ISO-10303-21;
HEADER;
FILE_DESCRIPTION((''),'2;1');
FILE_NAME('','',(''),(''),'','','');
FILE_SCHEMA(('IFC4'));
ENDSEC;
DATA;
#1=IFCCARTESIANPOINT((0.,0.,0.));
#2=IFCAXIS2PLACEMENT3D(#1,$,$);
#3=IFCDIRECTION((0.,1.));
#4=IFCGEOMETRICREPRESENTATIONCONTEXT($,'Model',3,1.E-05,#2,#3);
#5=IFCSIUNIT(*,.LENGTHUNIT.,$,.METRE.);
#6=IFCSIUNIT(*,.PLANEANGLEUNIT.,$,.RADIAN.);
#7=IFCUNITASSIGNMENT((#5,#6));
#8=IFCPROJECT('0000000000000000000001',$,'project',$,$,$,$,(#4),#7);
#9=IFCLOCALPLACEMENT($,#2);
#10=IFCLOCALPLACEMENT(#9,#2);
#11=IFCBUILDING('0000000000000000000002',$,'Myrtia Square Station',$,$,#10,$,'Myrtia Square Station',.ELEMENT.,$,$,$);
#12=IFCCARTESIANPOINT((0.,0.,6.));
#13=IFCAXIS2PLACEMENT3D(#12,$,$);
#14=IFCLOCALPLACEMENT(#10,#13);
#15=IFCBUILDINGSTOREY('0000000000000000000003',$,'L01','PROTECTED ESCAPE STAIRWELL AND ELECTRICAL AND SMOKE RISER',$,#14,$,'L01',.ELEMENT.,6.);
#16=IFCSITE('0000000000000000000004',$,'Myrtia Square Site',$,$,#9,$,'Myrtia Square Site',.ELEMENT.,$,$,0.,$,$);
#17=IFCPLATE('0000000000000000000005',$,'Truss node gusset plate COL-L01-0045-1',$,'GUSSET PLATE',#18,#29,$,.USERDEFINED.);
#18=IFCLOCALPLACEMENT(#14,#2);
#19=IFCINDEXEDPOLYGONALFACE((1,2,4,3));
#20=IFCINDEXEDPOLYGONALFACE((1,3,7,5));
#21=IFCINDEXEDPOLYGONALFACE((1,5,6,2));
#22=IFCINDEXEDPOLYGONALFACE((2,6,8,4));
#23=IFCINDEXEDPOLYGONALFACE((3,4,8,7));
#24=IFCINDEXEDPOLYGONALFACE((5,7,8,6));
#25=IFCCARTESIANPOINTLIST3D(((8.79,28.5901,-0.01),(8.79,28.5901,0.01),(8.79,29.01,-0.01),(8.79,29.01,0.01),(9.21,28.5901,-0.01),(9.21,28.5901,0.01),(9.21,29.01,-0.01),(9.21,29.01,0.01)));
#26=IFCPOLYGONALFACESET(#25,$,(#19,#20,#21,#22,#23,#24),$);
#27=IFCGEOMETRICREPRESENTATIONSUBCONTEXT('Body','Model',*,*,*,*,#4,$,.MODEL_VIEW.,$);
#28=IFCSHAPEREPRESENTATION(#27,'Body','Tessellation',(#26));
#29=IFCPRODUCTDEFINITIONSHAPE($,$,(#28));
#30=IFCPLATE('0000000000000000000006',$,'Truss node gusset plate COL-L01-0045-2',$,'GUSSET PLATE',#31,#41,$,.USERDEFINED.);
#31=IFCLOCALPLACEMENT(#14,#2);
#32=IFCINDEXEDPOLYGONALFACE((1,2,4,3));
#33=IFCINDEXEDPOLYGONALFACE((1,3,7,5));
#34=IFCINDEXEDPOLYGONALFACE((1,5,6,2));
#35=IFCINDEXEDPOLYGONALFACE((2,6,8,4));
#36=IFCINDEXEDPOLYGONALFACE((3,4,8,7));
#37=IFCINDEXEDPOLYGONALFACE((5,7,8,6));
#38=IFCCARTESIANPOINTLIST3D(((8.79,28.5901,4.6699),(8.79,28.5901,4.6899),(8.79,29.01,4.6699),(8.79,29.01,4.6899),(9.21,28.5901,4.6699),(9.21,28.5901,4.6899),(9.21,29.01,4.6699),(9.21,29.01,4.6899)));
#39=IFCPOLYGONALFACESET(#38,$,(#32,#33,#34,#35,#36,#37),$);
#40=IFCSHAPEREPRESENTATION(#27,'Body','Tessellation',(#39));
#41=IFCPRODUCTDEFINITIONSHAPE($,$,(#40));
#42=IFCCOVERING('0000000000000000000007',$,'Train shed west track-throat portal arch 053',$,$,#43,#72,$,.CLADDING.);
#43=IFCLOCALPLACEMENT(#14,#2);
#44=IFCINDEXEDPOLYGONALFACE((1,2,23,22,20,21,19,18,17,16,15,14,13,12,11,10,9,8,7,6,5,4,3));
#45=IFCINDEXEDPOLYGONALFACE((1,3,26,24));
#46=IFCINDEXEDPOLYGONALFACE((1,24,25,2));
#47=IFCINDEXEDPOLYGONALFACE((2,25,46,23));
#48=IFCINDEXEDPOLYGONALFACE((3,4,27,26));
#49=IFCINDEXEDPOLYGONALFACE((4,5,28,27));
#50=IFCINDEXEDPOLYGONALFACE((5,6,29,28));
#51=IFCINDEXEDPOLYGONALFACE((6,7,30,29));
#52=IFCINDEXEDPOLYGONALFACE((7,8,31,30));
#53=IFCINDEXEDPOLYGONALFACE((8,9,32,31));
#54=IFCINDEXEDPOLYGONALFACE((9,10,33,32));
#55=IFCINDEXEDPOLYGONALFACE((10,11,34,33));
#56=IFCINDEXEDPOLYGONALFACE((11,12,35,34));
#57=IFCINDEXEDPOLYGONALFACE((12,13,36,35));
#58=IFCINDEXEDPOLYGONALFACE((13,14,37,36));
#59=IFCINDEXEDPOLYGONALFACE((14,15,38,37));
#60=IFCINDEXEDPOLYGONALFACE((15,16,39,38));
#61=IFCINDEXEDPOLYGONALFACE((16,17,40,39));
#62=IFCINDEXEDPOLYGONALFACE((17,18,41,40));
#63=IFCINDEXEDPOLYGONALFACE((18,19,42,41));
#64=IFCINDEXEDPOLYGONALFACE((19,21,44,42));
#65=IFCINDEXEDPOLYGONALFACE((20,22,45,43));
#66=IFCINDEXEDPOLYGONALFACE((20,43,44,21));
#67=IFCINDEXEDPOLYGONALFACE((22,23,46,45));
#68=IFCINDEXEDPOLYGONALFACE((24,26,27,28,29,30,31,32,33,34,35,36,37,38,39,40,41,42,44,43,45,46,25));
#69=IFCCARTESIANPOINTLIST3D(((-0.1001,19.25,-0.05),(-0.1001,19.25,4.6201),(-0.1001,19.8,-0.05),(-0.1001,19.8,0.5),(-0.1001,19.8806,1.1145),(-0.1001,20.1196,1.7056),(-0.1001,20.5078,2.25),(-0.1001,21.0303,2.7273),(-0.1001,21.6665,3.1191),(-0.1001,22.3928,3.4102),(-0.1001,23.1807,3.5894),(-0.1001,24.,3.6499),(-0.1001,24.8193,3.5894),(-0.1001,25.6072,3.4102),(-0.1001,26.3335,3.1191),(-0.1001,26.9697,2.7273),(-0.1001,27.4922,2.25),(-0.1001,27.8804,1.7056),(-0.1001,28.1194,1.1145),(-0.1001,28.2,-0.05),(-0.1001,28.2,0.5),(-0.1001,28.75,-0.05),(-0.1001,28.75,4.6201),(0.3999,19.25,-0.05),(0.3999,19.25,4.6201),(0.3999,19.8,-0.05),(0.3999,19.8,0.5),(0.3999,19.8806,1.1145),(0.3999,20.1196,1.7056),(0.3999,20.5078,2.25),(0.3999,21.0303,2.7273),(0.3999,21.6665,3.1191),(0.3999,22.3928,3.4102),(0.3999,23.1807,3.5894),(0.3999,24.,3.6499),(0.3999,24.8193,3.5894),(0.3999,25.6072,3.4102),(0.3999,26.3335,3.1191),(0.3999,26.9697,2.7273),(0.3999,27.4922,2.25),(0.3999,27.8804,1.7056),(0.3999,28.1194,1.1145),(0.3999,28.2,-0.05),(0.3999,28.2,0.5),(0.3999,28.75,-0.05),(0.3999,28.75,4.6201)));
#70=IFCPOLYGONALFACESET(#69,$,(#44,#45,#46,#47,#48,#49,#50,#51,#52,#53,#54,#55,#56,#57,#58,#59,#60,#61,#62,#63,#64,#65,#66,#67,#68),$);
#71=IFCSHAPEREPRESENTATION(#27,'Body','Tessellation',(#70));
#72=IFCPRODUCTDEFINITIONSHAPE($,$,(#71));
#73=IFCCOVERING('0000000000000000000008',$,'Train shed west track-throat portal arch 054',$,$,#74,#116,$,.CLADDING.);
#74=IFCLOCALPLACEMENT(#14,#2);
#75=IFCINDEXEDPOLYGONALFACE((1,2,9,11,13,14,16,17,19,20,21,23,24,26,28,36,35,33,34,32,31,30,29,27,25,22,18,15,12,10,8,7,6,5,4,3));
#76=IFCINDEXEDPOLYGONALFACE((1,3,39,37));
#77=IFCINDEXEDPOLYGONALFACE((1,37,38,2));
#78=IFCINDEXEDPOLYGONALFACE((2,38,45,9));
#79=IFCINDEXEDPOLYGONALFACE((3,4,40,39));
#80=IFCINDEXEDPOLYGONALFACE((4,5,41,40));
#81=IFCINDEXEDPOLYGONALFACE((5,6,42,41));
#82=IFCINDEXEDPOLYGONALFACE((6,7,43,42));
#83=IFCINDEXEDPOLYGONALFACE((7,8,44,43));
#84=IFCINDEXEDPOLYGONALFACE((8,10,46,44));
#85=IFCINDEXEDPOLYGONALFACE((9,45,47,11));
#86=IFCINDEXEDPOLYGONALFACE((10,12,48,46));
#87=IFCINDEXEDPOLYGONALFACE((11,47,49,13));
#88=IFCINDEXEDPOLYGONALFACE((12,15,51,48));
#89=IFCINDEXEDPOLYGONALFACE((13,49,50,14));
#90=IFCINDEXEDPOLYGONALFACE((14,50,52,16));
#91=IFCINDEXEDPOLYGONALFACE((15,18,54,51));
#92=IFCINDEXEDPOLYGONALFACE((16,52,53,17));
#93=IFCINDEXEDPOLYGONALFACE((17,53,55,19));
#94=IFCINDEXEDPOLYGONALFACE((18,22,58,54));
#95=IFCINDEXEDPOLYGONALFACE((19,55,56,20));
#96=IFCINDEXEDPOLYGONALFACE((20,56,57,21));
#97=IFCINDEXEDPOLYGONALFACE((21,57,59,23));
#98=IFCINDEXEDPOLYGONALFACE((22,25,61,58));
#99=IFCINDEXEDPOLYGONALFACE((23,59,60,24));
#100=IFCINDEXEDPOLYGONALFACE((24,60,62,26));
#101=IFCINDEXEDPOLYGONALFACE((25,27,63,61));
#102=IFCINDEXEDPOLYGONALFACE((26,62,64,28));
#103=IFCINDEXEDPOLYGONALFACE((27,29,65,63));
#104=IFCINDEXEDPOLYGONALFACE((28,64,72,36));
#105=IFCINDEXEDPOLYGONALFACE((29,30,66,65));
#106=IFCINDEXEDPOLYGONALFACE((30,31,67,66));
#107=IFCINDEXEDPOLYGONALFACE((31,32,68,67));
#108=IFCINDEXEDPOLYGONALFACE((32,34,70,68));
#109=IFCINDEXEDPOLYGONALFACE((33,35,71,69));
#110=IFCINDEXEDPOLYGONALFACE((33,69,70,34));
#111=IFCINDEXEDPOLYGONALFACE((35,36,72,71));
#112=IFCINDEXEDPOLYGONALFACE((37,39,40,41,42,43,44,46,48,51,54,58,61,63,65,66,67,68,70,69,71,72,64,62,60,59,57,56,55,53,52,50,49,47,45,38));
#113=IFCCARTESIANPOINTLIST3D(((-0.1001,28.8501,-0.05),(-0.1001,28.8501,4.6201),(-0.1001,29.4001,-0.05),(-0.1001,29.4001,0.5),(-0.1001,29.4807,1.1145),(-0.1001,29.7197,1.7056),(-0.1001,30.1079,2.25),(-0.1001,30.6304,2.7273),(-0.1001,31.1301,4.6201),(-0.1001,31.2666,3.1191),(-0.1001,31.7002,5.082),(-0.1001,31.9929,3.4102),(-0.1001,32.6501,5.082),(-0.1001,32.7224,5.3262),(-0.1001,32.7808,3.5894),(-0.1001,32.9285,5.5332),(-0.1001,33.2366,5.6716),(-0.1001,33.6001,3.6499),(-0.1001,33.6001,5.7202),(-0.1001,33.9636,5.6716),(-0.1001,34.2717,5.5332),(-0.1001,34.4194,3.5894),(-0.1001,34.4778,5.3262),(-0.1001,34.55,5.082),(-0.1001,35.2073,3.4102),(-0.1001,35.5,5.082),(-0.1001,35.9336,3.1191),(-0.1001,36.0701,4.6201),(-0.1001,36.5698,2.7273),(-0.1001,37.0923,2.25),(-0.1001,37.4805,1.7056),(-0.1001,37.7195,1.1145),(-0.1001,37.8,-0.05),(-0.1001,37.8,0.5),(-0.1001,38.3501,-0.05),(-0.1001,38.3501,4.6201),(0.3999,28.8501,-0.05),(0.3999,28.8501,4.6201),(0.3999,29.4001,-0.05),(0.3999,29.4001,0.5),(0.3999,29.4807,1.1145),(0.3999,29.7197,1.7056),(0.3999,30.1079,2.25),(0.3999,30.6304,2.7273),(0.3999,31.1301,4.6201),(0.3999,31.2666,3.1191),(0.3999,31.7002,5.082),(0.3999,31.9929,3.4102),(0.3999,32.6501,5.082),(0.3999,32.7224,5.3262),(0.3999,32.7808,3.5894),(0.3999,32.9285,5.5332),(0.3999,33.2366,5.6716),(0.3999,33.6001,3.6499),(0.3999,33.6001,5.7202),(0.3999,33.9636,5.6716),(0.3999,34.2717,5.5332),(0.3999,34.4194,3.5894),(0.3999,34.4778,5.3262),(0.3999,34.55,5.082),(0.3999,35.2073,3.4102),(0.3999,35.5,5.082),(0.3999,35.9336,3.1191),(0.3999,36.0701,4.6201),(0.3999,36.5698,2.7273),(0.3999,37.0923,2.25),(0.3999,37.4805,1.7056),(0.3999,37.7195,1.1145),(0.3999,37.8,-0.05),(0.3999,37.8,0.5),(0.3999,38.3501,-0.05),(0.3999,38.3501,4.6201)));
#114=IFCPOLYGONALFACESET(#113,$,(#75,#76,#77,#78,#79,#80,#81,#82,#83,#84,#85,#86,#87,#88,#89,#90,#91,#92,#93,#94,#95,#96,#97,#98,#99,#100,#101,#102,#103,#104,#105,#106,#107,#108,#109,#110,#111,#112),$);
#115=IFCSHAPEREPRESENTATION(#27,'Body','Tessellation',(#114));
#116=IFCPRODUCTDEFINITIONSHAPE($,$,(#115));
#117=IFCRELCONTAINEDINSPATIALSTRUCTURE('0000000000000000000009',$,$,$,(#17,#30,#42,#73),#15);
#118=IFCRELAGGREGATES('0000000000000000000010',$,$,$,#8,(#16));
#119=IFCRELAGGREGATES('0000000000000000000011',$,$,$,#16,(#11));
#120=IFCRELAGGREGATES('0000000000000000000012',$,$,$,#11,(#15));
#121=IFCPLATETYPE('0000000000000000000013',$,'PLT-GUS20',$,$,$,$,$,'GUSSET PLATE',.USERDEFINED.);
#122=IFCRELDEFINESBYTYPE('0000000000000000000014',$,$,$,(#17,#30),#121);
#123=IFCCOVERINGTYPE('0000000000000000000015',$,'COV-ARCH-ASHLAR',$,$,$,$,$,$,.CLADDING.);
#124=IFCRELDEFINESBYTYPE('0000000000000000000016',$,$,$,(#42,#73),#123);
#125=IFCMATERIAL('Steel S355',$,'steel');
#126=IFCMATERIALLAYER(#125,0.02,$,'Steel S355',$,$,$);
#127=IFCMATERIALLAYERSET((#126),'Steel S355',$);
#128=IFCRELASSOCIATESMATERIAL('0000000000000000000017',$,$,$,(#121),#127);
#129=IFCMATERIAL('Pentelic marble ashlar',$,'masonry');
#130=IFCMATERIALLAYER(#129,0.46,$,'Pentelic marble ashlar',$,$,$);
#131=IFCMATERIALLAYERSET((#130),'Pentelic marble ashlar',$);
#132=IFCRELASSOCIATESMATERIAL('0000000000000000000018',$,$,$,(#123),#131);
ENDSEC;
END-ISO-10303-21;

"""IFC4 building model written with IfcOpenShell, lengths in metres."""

from ifc_helpers import new_model, si_unit, direction, frame, origin, origin_2d, place, context, subcontext, project, spatial, polyline, rectangle, outline, extrude, material, layer, layer_set, type_object, element, save


model = new_model("IFC4")

# Units and contexts
model_context = context("Model", 3, precision=1e-05, world=origin(), true_north=direction((0.0, 1.0)))
body_context = subcontext(model_context, "Body", "Model", "MODEL_VIEW")
ifc_project = project(units=[si_unit("LENGTHUNIT", "METRE"), si_unit("PLANEANGLEUNIT", "RADIAN")], contexts=[model_context])

# Site, building, storey
site_placement = place(None, origin())
site = spatial("IfcSite", under=ifc_project, at=site_placement, Name="Myrtia Square Site", LongName="Myrtia Square Site", CompositionType="ELEMENT", RefElevation=0.0)
building_placement = place(site_placement, origin())
building = spatial("IfcBuilding", under=site, at=building_placement, Name="Myrtia Square Station", LongName="Myrtia Square Station", CompositionType="ELEMENT")
storey_placement = place(building_placement, frame((0.0, 0.0, 6.0)))
storey = spatial("IfcBuildingStorey", under=building, at=storey_placement, Name="L01", Description="PROTECTED ESCAPE STAIRWELL AND ELECTRICAL AND SMOKE RISER", LongName="L01", CompositionType="ELEMENT", Elevation=6.0)

# Shared definitions
ifc_material_1 = material(Name="Steel S355", Category="steel")

# Plates
ifc_layer_1 = layer(ifc_material_1, 0.02, Name="Steel S355")
ifc_layer_set_1 = layer_set([ifc_layer_1], Name="Steel S355")
plate_type_1 = type_object("IfcPlateType", Name="PLT-GUS20", ElementType="GUSSET PLATE", PredefinedType="USERDEFINED", material=ifc_layer_set_1)
for number, where, z_axis, x_axis, name in (
    (1, (9.0, 28.8, -0.01), (0.0, 0.0, 1.0), (1.0, 0.0, 0.0), "Truss node gusset plate COL-L01-0045-1"),
    (2, (9.0, 28.8, 4.6699), (0.0, 0.0, 1.0), (1.0, 0.0, 0.0), "Truss node gusset plate COL-L01-0045-2"),
):
    element("IfcPlate", number, at=place(storey_placement, frame(where, z_axis=z_axis, x_axis=x_axis)), inside=storey, type_object=plate_type_1, Name=name, ObjectType="GUSSET PLATE", PredefinedType="USERDEFINED", context=body_context, shape_type="SweptSolid", body=[
        extrude(rectangle(XDim=0.4199, YDim=0.4199, at=origin_2d()), origin(), (0.0, 0.0, 1.0), 0.02),
    ])

# Coverings
ifc_material_2 = material(Name="Pentelic marble ashlar", Category="masonry")
ifc_layer_2 = layer(ifc_material_2, 0.46, Name="Pentelic marble ashlar")
ifc_layer_set_2 = layer_set([ifc_layer_2], Name="Pentelic marble ashlar")
covering_type = type_object("IfcCoveringType", Name="COV-ARCH-ASHLAR", PredefinedType="CLADDING", material=ifc_layer_set_2)
covering_1_placement = place(storey_placement, frame((0.1499, 19.25, -0.05), z_axis=(0.0, 0.0, 1.0), x_axis=(0.0, 1.0, 0.0)))
element("IfcCovering", 3, at=covering_1_placement, inside=storey, type_object=covering_type, Name="Train shed west track-throat portal arch 053", PredefinedType="CLADDING", context=body_context, shape_type="SweptSolid", body=[
    extrude(outline(polyline([(0.0, 0.0), (0.55, 0.0), (0.55, 0.55), (0.6306, 1.1646), (0.8696, 1.7556), (1.2578, 2.3), (1.7803, 2.7773), (2.4165, 3.1692), (3.1428, 3.4602), (3.9307, 3.6394), (4.75, 3.7), (5.5693, 3.6394), (6.3572, 3.4602), (7.0835, 3.1692), (7.7197, 2.7773), (8.2422, 2.3), (8.6304, 1.7556), (8.8694, 1.1646), (8.95, 0.55), (8.95, 0.0), (9.5, 0.0), (9.5, 4.6702), (0.0, 4.6702), (0.0, 0.0)])), frame((0.0, 0.25, 0.0), z_axis=(0.0, -1.0, 0.0), x_axis=(1.0, 0.0, 0.0)), (0.0, 0.0, 1.0), 0.5),
])
covering_2_placement = place(storey_placement, frame((0.1499, 28.8501, -0.05), z_axis=(0.0, 0.0, 1.0), x_axis=(0.0, 1.0, 0.0)))
element("IfcCovering", 4, at=covering_2_placement, inside=storey, type_object=covering_type, Name="Train shed west track-throat portal arch 054", PredefinedType="CLADDING", context=body_context, shape_type="SweptSolid", body=[
    extrude(outline(polyline([(0.0, 0.0), (0.55, 0.0), (0.55, 0.55), (0.6306, 1.1646), (0.8696, 1.7556), (1.2578, 2.3), (1.7803, 2.7773), (2.4165, 3.1692), (3.1428, 3.4602), (3.9307, 3.6394), (4.75, 3.7), (5.5693, 3.6394), (6.3572, 3.4602), (7.0835, 3.1692), (7.7197, 2.7773), (8.2422, 2.3), (8.6304, 1.7556), (8.8694, 1.1646), (8.95, 0.55), (8.95, 0.0), (9.5, 0.0), (9.5, 4.6702), (7.22, 4.6702), (6.6499, 5.1321), (5.7, 5.1321), (5.6277, 5.3762), (5.4216, 5.5833), (5.1135, 5.7217), (4.75, 5.7703), (4.3865, 5.7217), (4.0784, 5.5833), (3.8723, 5.3762), (3.8, 5.1321), (2.8501, 5.1321), (2.28, 4.6702), (0.0, 4.6702), (0.0, 0.0)])), frame((0.0, 0.25, 0.0), z_axis=(0.0, -1.0, 0.0), x_axis=(1.0, 0.0, 0.0)), (0.0, 0.0, 1.0), 0.5),
])

save(model, "model.ifc")
